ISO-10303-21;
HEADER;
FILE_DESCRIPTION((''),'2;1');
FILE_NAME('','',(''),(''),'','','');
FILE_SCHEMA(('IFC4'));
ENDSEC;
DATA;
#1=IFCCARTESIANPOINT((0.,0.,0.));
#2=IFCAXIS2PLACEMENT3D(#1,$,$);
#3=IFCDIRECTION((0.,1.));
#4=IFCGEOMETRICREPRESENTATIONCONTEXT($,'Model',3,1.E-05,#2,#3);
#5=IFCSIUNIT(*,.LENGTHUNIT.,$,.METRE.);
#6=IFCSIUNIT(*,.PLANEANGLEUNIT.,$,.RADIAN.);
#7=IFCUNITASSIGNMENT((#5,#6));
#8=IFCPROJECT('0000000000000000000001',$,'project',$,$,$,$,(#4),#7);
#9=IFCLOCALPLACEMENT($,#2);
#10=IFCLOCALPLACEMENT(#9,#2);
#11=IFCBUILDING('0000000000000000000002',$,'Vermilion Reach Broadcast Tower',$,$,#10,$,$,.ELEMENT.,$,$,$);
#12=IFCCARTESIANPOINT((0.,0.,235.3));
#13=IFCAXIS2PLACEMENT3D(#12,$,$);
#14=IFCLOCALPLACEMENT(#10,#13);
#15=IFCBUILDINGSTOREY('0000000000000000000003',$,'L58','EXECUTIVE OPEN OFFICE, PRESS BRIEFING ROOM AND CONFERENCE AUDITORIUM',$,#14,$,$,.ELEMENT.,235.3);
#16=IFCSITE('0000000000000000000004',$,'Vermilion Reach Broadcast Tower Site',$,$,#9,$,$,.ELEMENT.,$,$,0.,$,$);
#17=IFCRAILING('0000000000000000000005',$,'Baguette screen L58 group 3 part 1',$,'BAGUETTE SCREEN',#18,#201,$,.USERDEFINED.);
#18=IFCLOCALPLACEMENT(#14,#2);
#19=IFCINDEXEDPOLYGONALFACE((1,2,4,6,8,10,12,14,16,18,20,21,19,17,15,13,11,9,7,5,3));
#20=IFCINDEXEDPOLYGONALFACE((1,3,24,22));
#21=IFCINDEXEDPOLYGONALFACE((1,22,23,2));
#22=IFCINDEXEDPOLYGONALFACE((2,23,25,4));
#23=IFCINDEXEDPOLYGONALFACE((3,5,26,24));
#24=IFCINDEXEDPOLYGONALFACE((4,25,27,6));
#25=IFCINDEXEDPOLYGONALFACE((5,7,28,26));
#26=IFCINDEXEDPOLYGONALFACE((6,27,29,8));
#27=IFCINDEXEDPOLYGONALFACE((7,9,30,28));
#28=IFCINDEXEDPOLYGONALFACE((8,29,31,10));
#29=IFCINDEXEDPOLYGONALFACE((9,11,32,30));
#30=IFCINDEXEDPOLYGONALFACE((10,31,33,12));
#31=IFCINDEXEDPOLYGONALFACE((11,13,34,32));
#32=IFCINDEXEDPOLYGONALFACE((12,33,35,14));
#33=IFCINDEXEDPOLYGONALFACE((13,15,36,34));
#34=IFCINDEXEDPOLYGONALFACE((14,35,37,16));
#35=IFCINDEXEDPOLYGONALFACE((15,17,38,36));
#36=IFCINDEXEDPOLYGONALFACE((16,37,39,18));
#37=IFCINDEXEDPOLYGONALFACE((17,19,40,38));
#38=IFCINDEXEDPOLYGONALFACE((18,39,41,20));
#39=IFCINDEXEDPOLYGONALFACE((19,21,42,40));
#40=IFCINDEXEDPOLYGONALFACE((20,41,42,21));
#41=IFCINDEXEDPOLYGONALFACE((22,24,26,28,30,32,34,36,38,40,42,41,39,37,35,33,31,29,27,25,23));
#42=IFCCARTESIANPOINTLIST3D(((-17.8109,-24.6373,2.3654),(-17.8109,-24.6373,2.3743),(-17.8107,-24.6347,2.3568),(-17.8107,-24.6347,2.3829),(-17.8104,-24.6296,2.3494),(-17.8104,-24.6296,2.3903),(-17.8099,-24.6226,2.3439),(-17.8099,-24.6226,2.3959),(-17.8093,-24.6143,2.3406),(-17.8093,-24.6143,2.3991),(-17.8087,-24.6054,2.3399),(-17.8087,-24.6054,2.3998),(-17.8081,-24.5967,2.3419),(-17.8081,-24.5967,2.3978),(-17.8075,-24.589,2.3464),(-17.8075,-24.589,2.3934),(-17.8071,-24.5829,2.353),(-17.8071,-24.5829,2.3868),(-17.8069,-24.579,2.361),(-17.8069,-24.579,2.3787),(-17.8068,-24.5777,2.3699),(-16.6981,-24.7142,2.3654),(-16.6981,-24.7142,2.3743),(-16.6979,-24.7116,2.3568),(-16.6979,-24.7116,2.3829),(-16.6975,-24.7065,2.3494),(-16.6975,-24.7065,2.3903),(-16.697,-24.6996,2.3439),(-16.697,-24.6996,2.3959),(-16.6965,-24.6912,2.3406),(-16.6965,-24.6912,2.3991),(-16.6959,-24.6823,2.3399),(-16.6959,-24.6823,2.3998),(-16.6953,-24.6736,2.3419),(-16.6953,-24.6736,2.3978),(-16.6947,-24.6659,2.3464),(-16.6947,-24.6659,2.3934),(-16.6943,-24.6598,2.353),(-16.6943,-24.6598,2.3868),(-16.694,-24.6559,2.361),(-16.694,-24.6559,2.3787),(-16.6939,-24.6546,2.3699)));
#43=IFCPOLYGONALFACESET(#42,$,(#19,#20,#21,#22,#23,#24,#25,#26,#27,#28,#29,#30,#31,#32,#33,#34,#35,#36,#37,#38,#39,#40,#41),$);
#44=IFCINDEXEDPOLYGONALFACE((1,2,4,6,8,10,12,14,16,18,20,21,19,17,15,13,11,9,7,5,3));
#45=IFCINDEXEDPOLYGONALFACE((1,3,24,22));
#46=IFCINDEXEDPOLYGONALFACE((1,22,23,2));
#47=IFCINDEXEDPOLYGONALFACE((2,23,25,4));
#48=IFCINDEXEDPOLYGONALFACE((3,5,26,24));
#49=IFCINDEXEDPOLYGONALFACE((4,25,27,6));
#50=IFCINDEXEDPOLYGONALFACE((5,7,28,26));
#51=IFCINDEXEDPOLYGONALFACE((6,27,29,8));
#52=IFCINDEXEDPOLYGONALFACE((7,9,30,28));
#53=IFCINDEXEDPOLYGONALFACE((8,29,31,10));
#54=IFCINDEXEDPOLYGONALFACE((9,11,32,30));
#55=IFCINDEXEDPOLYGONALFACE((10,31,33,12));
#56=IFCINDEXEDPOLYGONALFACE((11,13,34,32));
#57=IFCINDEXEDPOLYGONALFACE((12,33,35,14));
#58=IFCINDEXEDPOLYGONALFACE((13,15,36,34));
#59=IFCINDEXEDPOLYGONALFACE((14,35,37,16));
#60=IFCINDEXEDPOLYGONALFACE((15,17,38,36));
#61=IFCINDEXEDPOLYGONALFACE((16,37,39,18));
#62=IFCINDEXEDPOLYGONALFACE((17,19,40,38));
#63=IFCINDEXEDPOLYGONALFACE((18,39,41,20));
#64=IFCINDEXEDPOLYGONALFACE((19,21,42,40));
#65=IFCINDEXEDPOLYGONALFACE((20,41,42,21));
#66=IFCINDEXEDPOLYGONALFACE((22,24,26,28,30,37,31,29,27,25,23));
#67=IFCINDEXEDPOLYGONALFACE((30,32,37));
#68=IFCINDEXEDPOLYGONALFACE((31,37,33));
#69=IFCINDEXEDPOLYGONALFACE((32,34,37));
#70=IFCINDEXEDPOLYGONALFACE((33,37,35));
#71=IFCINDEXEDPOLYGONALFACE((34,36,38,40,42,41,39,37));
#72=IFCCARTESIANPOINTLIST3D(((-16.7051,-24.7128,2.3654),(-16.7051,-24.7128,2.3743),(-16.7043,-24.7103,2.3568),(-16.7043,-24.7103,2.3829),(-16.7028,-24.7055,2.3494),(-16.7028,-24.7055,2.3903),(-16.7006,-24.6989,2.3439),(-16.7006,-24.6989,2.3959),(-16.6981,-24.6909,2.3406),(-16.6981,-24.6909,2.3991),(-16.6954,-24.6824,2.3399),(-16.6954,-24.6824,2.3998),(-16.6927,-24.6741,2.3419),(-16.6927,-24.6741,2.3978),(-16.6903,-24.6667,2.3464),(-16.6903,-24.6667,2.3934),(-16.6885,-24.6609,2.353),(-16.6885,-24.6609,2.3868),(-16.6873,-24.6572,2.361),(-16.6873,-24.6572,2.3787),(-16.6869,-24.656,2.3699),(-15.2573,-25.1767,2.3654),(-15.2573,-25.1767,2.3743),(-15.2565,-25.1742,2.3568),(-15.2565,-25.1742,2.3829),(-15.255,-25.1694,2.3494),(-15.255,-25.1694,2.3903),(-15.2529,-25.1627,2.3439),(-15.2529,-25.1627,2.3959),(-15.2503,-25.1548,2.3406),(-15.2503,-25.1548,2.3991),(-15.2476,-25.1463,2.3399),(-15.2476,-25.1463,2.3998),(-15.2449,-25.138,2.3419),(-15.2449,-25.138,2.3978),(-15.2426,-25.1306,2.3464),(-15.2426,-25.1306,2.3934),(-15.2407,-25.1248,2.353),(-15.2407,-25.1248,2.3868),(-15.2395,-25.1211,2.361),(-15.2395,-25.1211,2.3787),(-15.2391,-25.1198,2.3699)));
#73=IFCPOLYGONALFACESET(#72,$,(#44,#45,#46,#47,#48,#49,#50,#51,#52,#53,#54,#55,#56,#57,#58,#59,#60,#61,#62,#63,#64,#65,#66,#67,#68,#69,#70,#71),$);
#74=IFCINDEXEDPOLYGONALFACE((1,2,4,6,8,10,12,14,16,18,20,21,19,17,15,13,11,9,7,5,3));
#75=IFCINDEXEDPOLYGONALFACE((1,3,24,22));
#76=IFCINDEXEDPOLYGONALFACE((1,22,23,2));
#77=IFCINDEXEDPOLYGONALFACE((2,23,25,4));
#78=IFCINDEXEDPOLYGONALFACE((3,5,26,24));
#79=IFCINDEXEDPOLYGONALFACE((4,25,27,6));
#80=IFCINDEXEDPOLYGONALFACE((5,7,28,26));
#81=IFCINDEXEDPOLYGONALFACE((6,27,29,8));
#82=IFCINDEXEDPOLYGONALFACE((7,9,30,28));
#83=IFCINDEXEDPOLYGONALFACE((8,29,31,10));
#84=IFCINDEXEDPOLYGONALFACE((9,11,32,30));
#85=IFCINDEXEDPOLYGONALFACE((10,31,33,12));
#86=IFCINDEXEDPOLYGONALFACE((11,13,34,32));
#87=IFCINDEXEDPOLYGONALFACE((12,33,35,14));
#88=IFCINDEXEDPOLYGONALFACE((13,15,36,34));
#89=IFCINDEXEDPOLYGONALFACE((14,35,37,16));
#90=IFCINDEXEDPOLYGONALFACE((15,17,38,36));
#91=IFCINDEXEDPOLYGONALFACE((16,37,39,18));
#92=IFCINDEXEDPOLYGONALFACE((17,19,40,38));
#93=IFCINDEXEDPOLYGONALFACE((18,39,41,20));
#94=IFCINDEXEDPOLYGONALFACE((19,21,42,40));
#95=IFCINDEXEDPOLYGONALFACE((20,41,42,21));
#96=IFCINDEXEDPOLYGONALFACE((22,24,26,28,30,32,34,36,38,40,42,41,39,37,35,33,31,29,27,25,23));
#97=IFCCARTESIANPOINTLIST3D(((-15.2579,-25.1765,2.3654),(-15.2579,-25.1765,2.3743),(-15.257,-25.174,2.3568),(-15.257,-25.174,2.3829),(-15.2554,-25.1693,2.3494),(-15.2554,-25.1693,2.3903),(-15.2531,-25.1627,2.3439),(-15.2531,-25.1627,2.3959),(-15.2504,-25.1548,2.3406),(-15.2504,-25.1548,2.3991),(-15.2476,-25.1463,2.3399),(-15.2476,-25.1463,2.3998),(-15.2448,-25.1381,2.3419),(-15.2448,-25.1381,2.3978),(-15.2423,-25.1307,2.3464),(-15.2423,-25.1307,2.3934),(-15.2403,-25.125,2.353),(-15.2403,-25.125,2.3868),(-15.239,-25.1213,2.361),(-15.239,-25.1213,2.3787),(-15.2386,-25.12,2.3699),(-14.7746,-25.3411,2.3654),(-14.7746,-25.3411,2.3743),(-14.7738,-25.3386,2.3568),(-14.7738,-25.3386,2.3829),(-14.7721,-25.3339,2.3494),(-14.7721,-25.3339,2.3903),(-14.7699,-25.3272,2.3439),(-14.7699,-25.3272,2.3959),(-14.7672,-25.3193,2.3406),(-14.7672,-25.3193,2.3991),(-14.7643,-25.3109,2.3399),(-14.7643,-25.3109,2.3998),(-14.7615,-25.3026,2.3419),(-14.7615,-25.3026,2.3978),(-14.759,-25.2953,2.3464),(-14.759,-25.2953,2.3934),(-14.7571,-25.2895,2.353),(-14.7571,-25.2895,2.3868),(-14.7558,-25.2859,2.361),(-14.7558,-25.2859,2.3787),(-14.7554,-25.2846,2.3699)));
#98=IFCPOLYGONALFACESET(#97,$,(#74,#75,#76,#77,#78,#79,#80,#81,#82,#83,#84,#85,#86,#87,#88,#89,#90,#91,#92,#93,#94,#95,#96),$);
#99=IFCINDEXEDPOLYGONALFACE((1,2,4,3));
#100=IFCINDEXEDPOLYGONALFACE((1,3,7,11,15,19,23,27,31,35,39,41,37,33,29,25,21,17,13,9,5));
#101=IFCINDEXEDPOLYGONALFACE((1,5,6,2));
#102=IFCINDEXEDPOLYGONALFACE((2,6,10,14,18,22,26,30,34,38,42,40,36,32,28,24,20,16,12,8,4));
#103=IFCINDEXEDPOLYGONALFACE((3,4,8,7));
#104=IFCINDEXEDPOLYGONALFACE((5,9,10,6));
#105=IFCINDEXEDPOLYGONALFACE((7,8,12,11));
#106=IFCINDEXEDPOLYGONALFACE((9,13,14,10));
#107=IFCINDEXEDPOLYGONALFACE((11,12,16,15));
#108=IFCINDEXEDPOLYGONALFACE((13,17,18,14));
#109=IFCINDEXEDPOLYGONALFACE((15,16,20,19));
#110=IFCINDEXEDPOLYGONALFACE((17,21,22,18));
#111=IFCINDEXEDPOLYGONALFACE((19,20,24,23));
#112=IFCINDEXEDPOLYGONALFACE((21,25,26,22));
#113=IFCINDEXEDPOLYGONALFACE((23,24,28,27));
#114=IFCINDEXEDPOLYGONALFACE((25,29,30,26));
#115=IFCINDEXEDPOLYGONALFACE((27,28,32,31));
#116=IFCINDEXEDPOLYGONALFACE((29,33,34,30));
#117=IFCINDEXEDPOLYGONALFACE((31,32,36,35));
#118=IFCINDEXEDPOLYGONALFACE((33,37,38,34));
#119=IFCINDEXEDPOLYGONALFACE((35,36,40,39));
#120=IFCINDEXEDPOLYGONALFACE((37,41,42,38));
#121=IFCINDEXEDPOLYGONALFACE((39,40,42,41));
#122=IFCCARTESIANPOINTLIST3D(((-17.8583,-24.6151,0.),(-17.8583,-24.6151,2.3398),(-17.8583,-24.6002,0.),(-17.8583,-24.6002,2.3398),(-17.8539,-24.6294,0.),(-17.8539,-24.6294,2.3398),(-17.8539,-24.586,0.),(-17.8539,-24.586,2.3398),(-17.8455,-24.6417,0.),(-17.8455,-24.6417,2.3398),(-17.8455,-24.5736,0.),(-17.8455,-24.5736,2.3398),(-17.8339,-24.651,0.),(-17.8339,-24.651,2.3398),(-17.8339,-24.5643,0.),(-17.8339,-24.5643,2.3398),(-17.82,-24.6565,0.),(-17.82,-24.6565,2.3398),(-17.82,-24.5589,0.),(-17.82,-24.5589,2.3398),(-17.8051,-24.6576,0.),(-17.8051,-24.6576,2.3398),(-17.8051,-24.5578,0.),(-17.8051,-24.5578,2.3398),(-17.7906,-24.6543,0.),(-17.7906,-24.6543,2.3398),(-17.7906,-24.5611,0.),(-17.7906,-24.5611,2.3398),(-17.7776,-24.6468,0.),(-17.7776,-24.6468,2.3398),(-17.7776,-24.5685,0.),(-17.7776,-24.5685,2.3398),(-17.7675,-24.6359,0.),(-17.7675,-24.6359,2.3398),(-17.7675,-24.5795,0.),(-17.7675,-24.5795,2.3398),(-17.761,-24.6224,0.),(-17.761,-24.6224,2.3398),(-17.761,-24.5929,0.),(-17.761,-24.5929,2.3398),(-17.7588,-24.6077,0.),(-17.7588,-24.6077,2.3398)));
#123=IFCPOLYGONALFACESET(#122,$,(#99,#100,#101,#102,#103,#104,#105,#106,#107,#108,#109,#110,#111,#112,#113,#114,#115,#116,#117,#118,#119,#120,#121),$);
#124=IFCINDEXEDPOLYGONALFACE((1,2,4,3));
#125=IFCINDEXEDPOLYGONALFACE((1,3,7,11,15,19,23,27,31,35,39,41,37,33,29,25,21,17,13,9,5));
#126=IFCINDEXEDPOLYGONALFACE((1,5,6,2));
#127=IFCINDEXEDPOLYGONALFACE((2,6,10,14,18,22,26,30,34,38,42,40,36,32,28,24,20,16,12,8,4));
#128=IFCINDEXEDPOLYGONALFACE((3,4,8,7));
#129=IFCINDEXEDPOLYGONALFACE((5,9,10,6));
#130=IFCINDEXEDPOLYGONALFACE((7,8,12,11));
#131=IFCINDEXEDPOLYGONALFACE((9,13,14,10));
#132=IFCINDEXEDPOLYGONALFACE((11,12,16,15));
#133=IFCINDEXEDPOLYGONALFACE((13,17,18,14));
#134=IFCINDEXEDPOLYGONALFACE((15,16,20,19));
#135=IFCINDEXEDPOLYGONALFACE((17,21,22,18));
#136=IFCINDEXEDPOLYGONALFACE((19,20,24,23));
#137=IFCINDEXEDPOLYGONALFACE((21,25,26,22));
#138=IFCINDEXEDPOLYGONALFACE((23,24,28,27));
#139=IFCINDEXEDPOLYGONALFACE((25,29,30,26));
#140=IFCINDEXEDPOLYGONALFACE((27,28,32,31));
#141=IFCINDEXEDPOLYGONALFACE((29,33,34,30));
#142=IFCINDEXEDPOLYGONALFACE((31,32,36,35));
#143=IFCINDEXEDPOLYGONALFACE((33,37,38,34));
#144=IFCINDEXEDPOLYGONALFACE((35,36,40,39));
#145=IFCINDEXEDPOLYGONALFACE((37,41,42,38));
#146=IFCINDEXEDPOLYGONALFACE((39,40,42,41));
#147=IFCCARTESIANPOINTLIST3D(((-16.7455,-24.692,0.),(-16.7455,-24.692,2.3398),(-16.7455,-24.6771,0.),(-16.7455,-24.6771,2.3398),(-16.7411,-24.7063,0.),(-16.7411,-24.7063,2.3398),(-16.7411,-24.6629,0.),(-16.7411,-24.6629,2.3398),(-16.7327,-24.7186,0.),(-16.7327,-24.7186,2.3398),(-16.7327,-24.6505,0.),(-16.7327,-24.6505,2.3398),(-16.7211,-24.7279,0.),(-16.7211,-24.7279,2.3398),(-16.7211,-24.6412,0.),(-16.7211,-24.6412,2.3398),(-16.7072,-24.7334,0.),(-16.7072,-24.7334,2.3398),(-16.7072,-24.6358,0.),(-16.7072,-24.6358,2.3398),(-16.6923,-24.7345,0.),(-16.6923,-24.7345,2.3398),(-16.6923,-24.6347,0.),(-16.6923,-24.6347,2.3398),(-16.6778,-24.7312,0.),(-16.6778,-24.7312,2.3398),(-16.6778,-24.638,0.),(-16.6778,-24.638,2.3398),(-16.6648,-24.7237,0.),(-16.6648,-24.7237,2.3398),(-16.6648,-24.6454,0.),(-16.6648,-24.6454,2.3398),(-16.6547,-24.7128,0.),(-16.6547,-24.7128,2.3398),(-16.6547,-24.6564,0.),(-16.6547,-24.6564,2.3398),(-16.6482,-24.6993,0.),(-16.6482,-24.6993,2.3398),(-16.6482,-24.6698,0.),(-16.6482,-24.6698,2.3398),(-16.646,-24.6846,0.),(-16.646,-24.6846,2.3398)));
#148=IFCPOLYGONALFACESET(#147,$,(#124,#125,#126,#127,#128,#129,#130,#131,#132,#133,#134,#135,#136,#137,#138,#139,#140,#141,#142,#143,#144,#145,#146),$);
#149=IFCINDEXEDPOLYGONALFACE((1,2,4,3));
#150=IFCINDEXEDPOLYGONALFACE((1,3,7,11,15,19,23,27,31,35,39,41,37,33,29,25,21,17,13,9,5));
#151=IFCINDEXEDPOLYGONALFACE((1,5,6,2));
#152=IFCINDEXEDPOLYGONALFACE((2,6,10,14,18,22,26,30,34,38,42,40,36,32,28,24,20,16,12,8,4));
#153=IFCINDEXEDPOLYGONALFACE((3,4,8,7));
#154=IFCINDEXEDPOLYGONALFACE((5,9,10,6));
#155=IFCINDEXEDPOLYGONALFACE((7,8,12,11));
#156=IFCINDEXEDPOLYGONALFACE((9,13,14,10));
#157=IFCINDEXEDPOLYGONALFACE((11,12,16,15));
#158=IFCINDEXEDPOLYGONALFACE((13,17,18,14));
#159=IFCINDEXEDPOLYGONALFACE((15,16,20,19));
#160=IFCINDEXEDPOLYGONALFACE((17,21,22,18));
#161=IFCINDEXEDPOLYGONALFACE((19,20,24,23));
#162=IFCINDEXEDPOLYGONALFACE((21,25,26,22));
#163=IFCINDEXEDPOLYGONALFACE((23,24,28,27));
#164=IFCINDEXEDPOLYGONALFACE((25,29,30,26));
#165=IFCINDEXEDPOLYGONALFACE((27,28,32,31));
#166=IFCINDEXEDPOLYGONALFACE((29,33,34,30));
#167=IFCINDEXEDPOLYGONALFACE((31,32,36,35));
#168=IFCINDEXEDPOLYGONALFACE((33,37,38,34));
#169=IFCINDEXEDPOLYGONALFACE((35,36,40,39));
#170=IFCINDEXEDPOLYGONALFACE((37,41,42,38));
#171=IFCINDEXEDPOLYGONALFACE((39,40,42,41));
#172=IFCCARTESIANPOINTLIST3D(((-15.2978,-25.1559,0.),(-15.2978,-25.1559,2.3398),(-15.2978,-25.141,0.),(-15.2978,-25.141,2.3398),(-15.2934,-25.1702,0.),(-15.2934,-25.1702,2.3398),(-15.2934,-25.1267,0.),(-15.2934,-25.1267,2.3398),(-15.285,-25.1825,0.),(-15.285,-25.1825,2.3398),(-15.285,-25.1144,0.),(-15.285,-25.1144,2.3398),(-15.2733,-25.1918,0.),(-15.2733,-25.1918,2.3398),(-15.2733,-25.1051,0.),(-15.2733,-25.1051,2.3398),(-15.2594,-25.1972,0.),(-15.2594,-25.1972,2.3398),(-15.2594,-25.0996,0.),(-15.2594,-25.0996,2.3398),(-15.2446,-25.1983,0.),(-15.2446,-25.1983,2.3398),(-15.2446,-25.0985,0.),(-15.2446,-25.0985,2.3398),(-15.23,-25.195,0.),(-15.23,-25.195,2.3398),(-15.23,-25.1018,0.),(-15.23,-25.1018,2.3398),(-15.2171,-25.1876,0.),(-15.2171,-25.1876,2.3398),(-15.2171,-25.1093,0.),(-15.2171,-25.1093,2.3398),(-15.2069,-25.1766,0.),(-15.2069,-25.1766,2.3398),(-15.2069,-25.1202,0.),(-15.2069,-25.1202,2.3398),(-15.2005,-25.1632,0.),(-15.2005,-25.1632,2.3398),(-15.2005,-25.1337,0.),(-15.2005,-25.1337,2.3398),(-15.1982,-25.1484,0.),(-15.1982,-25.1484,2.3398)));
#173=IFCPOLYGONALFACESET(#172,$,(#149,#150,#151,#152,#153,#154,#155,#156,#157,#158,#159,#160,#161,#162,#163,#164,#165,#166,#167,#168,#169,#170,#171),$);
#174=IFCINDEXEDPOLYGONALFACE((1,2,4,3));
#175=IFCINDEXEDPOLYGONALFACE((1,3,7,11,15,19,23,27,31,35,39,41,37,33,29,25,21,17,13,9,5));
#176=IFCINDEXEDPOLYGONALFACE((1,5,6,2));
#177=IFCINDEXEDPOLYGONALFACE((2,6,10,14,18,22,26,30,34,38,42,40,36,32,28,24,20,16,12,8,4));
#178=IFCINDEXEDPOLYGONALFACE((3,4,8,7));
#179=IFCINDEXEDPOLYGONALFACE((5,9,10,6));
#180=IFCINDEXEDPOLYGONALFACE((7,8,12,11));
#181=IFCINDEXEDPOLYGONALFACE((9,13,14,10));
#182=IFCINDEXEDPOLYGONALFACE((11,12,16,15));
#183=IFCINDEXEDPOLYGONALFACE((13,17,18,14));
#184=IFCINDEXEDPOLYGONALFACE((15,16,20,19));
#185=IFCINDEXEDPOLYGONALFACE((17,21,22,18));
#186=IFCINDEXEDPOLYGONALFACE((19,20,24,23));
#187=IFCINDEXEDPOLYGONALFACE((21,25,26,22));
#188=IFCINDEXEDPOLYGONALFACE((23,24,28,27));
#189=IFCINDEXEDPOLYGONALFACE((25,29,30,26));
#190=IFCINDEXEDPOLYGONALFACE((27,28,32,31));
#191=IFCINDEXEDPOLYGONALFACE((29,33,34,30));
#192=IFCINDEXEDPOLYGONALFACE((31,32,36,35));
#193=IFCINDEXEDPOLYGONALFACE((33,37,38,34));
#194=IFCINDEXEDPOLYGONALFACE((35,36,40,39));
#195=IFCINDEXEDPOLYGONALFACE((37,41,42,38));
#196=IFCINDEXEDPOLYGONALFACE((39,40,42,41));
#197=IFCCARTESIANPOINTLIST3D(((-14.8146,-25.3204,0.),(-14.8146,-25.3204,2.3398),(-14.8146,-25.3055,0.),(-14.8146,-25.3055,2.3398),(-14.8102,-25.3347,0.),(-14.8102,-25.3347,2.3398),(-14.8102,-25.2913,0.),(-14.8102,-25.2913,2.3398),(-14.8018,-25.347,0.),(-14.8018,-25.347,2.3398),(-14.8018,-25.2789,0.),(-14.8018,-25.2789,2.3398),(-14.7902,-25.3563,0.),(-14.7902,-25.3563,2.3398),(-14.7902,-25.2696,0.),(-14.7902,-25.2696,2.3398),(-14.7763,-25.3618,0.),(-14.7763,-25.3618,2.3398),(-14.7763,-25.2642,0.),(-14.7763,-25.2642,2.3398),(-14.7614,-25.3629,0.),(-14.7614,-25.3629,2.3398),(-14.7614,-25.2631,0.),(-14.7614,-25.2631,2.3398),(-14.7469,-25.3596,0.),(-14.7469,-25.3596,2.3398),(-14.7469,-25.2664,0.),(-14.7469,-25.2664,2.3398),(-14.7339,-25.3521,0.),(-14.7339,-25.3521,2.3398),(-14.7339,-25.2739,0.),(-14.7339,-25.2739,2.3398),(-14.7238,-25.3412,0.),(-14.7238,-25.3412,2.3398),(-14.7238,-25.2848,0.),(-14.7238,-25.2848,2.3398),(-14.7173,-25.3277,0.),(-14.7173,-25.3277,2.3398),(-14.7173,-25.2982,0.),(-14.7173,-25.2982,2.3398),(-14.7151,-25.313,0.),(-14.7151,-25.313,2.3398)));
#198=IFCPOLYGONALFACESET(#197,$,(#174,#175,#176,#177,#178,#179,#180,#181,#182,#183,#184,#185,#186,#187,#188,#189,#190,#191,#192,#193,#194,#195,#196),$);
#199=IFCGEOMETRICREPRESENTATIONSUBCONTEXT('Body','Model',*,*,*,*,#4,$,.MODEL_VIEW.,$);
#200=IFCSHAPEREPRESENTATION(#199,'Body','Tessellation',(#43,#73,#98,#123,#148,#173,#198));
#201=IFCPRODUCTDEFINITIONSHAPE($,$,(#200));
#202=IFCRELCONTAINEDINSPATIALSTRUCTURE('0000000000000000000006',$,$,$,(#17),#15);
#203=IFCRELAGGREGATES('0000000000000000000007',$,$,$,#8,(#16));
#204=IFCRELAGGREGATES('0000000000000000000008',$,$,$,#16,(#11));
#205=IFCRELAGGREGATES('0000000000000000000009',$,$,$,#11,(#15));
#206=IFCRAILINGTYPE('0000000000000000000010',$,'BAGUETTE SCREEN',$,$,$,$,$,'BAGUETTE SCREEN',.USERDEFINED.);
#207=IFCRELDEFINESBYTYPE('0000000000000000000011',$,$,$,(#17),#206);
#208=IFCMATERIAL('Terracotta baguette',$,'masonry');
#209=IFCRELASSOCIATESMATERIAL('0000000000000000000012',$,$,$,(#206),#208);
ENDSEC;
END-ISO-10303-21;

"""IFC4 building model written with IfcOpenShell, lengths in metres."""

from ifc_helpers import new_model, si_unit, direction, frame, origin, origin_2d, place, context, subcontext, project, spatial, circle, extrude, material, type_object, element, save


model = new_model("IFC4")

# Units and contexts
model_context = context("Model", 3, precision=1e-05, world=origin(), true_north=direction((0.0, 1.0)))
body_context = subcontext(model_context, "Body", "Model", "MODEL_VIEW")
ifc_project = project(units=[si_unit("LENGTHUNIT", "METRE"), si_unit("PLANEANGLEUNIT", "RADIAN")], contexts=[model_context])

# Site, building, storey
site_placement = place(None, origin())
site = spatial("IfcSite", under=ifc_project, at=site_placement, Name="Vermilion Reach Broadcast Tower Site", CompositionType="ELEMENT", RefElevation=0.0)
building_placement = place(site_placement, origin())
building = spatial("IfcBuilding", under=site, at=building_placement, Name="Vermilion Reach Broadcast Tower", CompositionType="ELEMENT")
storey_placement = place(building_placement, frame((0.0, 0.0, 235.3)))
storey = spatial("IfcBuildingStorey", under=building, at=storey_placement, Name="L58", Description="EXECUTIVE OPEN OFFICE, PRESS BRIEFING ROOM AND CONFERENCE AUDITORIUM", CompositionType="ELEMENT", Elevation=235.3)

# Railing
ifc_material_1 = material(Name="Terracotta baguette", Category="masonry")
railing_type_1 = type_object("IfcRailingType", Name="BAGUETTE SCREEN", ElementType="BAGUETTE SCREEN", PredefinedType="USERDEFINED", material=ifc_material_1)
railing_1_placement = place(storey_placement, frame((-17.8088, -24.6077, 0.0)))
element("IfcRailing", 1, at=railing_1_placement, inside=storey, type_object=railing_type_1, Name="Baguette screen L58 group 3 part 1", ObjectType="BAGUETTE SCREEN", PredefinedType="USERDEFINED", context=body_context, shape_type="SweptSolid", body=[
    extrude(circle(Radius=0.03, at=origin_2d()), frame((0.0, 0.0, 2.3699), z_axis=(0.99762, -0.068945, 0.0), x_axis=(0.068945, 0.99762, 0.0)), (0.0, 0.0, 1.0), 1.1155),
    extrude(circle(Radius=0.03, at=origin_2d()), frame((1.1128, -0.0769, 2.3699), z_axis=(0.952312, -0.305125, 0.0), x_axis=(0.305125, 0.952312, 0.0)), (0.0, 0.0, 1.0), 1.5203),
    extrude(circle(Radius=0.03, at=origin_2d()), frame((2.5605, -0.5408, 2.3699), z_axis=(0.946606, -0.322391, 0.0), x_axis=(0.322391, 0.946606, 0.0)), (0.0, 0.0, 1.0), 0.5105),
    extrude(circle(Radius=0.05, at=origin_2d()), origin(), (0.0, 0.0, 1.0), 2.3398),
    extrude(circle(Radius=0.05, at=origin_2d()), frame((1.1128, -0.0769, 0.0)), (0.0, 0.0, 1.0), 2.3398),
    extrude(circle(Radius=0.05, at=origin_2d()), frame((2.5605, -0.5408, 0.0)), (0.0, 0.0, 1.0), 2.3398),
    extrude(circle(Radius=0.05, at=origin_2d()), frame((3.0437, -0.7053, 0.0)), (0.0, 0.0, 1.0), 2.3398),
])

save(model, "model.ifc")
